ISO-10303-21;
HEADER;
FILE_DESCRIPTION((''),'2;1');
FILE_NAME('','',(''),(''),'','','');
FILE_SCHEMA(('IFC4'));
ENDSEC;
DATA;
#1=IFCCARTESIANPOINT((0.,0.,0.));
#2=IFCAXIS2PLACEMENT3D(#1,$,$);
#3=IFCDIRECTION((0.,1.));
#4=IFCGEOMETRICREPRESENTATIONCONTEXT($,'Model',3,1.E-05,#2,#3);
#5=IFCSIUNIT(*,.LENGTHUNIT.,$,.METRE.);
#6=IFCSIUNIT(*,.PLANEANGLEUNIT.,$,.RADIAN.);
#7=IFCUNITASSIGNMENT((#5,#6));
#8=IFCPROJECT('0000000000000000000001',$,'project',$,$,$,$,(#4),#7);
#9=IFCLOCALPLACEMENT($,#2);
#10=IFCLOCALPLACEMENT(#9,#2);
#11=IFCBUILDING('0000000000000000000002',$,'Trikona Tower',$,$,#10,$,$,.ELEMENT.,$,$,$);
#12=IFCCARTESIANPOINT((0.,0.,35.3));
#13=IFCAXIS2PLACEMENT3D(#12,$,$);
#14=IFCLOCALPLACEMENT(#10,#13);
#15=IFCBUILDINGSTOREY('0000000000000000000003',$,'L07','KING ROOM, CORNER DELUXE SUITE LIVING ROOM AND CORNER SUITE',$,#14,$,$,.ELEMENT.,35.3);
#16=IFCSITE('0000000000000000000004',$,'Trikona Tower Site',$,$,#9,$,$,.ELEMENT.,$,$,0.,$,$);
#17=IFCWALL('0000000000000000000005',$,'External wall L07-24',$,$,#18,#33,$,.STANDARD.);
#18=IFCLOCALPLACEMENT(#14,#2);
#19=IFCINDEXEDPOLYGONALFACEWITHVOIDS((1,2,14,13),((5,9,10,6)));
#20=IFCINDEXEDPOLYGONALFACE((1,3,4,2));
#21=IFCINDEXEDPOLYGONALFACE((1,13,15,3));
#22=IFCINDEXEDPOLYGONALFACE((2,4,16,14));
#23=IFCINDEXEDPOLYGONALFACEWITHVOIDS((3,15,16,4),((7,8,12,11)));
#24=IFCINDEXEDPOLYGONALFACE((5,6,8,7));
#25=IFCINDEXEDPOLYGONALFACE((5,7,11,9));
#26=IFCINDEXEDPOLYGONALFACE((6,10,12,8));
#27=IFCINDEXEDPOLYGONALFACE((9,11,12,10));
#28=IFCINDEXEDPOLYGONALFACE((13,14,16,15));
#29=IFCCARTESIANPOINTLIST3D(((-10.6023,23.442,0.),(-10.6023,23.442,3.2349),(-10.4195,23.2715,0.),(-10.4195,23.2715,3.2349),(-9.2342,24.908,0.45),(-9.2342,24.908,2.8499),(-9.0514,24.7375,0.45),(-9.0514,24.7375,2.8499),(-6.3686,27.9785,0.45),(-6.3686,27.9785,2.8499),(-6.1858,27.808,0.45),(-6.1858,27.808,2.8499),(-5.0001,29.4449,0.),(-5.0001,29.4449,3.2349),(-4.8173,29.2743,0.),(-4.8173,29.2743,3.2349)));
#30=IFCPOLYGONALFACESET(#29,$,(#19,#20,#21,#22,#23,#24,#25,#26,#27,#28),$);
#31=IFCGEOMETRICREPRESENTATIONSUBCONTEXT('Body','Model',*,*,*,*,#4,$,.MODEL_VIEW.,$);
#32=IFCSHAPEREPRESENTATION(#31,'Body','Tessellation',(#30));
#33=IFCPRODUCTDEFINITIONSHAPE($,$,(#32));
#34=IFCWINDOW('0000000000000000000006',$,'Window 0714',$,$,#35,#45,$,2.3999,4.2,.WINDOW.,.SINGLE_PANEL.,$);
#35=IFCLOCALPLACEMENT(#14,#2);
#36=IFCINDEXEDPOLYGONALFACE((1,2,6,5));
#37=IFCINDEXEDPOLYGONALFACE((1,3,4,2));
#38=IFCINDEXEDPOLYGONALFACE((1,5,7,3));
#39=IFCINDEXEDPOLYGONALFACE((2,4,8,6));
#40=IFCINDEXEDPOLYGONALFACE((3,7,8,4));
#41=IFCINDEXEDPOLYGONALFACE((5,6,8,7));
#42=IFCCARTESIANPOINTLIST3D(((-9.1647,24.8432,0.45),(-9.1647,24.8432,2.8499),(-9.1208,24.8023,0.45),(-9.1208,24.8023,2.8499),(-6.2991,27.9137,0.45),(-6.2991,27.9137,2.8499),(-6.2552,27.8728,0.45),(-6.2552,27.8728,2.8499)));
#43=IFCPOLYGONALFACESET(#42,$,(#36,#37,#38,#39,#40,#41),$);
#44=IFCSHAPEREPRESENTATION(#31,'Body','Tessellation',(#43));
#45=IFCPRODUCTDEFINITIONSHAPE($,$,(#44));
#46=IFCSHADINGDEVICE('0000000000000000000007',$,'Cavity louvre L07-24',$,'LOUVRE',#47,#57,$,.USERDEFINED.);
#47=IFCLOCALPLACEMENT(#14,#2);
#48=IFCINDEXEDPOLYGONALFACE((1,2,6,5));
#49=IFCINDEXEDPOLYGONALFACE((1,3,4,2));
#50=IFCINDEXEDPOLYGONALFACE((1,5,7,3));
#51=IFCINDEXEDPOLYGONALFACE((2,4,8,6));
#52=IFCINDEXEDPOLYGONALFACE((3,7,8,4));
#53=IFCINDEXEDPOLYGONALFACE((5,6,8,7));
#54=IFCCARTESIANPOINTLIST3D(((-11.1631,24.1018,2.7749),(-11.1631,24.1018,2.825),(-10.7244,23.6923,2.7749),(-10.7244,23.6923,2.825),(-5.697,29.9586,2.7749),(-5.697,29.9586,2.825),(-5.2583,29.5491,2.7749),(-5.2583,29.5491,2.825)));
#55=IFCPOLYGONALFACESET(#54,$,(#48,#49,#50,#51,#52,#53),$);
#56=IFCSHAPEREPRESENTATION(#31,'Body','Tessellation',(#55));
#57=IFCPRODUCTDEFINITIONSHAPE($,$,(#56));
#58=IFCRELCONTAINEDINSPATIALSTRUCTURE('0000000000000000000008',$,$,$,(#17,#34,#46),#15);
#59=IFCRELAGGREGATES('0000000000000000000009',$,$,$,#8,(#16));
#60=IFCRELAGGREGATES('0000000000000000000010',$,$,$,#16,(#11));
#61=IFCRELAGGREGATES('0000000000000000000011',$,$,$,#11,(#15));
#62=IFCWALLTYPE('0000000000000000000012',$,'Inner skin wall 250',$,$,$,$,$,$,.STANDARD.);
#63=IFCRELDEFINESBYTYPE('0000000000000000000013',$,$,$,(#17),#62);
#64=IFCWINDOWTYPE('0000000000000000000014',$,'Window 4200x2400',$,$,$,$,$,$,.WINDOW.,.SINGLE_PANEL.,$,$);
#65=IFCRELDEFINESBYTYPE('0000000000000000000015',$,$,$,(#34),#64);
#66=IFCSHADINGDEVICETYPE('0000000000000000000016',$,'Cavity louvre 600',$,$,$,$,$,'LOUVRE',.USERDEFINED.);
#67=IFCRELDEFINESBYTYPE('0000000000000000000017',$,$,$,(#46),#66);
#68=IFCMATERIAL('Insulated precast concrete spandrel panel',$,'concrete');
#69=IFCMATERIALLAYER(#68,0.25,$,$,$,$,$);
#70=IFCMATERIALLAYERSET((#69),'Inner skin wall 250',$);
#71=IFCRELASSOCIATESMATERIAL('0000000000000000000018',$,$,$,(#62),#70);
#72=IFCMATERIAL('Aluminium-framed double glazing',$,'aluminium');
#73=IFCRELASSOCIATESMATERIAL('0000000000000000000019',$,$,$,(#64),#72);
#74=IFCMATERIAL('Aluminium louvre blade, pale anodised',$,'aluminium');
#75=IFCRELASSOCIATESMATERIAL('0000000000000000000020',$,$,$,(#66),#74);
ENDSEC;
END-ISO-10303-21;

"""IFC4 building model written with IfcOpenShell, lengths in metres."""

from ifc_helpers import new_model, si_unit, direction, frame, frame_2d, origin, origin_2d, place, context, subcontext, project, spatial, rectangle, extrude, material, layer, layer_set, type_object, element, fill, save


model = new_model("IFC4")

# Units and contexts
model_context = context("Model", 3, precision=1e-05, world=origin(), true_north=direction((0.0, 1.0)))
body_context = subcontext(model_context, "Body", "Model", "MODEL_VIEW")
ifc_project = project(units=[si_unit("LENGTHUNIT", "METRE"), si_unit("PLANEANGLEUNIT", "RADIAN")], contexts=[model_context])

# Site, building, storey
site_placement = place(None, origin())
site = spatial("IfcSite", under=ifc_project, at=site_placement, Name="Trikona Tower Site", CompositionType="ELEMENT", RefElevation=0.0)
building_placement = place(site_placement, origin())
building = spatial("IfcBuilding", under=site, at=building_placement, Name="Trikona Tower", CompositionType="ELEMENT")
storey_placement = place(building_placement, frame((0.0, 0.0, 35.3)))
storey = spatial("IfcBuildingStorey", under=building, at=storey_placement, Name="L07", Description="KING ROOM, CORNER DELUXE SUITE LIVING ROOM AND CORNER SUITE", CompositionType="ELEMENT", Elevation=35.3)

# Wall, opening, window
ifc_material_1 = material(Name="Insulated precast concrete spandrel panel", Category="concrete")
ifc_layer_1 = layer(ifc_material_1, 0.25)
ifc_layer_set_1 = layer_set([ifc_layer_1], Name="Inner skin wall 250")
wall_type_1 = type_object("IfcWallType", Name="Inner skin wall 250", PredefinedType="STANDARD", material=ifc_layer_set_1)
wall_1_placement = place(storey_placement, frame((-4.9087, 29.3596, 0.0), z_axis=(0.0, 0.0, 1.0), x_axis=(-0.68229, -0.731082, 0.0)))
wall_1 = element("IfcWall", 1, at=wall_1_placement, inside=storey, type_object=wall_type_1, Name="External wall L07-24", PredefinedType="STANDARD", context=body_context, shape_type="SweptSolid", body=[
    extrude(rectangle(XDim=8.2109, YDim=0.25, at=frame_2d((4.1055, 0.0))), origin(), (0.0, 0.0, 1.0), 3.2349),
])
opening_1_placement = place(wall_1_placement, frame((2.0056, 0.0, 0.45)))
opening_1 = element("IfcOpeningElement", 2, at=opening_1_placement, cuts=wall_1, PredefinedType="OPENING", context=body_context, shape_type="SweptSolid", body=[
    extrude(rectangle(XDim=4.2, YDim=2.3999, at=frame_2d((2.1001, 1.2))), frame((0.0, 0.135, 0.0), z_axis=(0.0, -1.0, 0.0), x_axis=(1.0, 0.0, 0.0)), (0.0, 0.0, 1.0), 0.27),
])
ifc_material_2 = material(Name="Aluminium-framed double glazing", Category="aluminium")
window_type_1 = type_object("IfcWindowType", Name="Window 4200x2400", PartitioningType="SINGLE_PANEL", PredefinedType="WINDOW", material=ifc_material_2)
window_1_placement = place(opening_1_placement, origin())
window_1 = element("IfcWindow", 3, at=window_1_placement, inside=storey, type_object=window_type_1, Name="Window 0714", OverallHeight=2.3999, OverallWidth=4.2, PartitioningType="SINGLE_PANEL", PredefinedType="WINDOW", context=body_context, shape_type="SweptSolid", body=[
    extrude(rectangle(XDim=4.2, YDim=2.3999, at=frame_2d((2.1001, 1.2))), frame((0.0, 0.03, 0.0), z_axis=(0.0, -1.0, 0.0), x_axis=(1.0, 0.0, 0.0)), (0.0, 0.0, 1.0), 0.0601),
])
fill(opening_1, window_1)

# Shading device
ifc_material_3 = material(Name="Aluminium louvre blade, pale anodised", Category="aluminium")
shading_device_type = type_object("IfcShadingDeviceType", Name="Cavity louvre 600", ElementType="LOUVRE", PredefinedType="USERDEFINED", material=ifc_material_3)
shading_device_placement = place(storey_placement, frame((-8.2107, 26.8254, 2.7749), z_axis=(0.0, 0.0, 1.0), x_axis=(-0.682298, -0.731074, 0.0)))
element("IfcShadingDevice", 4, at=shading_device_placement, inside=storey, type_object=shading_device_type, Name="Cavity louvre L07-24", ObjectType="LOUVRE", PredefinedType="USERDEFINED", context=body_context, shape_type="SweptSolid", body=[
    extrude(rectangle(XDim=8.0112, YDim=0.6001, at=origin_2d()), origin(), (0.0, 0.0, 1.0), 0.05),
])

save(model, "model.ifc")
